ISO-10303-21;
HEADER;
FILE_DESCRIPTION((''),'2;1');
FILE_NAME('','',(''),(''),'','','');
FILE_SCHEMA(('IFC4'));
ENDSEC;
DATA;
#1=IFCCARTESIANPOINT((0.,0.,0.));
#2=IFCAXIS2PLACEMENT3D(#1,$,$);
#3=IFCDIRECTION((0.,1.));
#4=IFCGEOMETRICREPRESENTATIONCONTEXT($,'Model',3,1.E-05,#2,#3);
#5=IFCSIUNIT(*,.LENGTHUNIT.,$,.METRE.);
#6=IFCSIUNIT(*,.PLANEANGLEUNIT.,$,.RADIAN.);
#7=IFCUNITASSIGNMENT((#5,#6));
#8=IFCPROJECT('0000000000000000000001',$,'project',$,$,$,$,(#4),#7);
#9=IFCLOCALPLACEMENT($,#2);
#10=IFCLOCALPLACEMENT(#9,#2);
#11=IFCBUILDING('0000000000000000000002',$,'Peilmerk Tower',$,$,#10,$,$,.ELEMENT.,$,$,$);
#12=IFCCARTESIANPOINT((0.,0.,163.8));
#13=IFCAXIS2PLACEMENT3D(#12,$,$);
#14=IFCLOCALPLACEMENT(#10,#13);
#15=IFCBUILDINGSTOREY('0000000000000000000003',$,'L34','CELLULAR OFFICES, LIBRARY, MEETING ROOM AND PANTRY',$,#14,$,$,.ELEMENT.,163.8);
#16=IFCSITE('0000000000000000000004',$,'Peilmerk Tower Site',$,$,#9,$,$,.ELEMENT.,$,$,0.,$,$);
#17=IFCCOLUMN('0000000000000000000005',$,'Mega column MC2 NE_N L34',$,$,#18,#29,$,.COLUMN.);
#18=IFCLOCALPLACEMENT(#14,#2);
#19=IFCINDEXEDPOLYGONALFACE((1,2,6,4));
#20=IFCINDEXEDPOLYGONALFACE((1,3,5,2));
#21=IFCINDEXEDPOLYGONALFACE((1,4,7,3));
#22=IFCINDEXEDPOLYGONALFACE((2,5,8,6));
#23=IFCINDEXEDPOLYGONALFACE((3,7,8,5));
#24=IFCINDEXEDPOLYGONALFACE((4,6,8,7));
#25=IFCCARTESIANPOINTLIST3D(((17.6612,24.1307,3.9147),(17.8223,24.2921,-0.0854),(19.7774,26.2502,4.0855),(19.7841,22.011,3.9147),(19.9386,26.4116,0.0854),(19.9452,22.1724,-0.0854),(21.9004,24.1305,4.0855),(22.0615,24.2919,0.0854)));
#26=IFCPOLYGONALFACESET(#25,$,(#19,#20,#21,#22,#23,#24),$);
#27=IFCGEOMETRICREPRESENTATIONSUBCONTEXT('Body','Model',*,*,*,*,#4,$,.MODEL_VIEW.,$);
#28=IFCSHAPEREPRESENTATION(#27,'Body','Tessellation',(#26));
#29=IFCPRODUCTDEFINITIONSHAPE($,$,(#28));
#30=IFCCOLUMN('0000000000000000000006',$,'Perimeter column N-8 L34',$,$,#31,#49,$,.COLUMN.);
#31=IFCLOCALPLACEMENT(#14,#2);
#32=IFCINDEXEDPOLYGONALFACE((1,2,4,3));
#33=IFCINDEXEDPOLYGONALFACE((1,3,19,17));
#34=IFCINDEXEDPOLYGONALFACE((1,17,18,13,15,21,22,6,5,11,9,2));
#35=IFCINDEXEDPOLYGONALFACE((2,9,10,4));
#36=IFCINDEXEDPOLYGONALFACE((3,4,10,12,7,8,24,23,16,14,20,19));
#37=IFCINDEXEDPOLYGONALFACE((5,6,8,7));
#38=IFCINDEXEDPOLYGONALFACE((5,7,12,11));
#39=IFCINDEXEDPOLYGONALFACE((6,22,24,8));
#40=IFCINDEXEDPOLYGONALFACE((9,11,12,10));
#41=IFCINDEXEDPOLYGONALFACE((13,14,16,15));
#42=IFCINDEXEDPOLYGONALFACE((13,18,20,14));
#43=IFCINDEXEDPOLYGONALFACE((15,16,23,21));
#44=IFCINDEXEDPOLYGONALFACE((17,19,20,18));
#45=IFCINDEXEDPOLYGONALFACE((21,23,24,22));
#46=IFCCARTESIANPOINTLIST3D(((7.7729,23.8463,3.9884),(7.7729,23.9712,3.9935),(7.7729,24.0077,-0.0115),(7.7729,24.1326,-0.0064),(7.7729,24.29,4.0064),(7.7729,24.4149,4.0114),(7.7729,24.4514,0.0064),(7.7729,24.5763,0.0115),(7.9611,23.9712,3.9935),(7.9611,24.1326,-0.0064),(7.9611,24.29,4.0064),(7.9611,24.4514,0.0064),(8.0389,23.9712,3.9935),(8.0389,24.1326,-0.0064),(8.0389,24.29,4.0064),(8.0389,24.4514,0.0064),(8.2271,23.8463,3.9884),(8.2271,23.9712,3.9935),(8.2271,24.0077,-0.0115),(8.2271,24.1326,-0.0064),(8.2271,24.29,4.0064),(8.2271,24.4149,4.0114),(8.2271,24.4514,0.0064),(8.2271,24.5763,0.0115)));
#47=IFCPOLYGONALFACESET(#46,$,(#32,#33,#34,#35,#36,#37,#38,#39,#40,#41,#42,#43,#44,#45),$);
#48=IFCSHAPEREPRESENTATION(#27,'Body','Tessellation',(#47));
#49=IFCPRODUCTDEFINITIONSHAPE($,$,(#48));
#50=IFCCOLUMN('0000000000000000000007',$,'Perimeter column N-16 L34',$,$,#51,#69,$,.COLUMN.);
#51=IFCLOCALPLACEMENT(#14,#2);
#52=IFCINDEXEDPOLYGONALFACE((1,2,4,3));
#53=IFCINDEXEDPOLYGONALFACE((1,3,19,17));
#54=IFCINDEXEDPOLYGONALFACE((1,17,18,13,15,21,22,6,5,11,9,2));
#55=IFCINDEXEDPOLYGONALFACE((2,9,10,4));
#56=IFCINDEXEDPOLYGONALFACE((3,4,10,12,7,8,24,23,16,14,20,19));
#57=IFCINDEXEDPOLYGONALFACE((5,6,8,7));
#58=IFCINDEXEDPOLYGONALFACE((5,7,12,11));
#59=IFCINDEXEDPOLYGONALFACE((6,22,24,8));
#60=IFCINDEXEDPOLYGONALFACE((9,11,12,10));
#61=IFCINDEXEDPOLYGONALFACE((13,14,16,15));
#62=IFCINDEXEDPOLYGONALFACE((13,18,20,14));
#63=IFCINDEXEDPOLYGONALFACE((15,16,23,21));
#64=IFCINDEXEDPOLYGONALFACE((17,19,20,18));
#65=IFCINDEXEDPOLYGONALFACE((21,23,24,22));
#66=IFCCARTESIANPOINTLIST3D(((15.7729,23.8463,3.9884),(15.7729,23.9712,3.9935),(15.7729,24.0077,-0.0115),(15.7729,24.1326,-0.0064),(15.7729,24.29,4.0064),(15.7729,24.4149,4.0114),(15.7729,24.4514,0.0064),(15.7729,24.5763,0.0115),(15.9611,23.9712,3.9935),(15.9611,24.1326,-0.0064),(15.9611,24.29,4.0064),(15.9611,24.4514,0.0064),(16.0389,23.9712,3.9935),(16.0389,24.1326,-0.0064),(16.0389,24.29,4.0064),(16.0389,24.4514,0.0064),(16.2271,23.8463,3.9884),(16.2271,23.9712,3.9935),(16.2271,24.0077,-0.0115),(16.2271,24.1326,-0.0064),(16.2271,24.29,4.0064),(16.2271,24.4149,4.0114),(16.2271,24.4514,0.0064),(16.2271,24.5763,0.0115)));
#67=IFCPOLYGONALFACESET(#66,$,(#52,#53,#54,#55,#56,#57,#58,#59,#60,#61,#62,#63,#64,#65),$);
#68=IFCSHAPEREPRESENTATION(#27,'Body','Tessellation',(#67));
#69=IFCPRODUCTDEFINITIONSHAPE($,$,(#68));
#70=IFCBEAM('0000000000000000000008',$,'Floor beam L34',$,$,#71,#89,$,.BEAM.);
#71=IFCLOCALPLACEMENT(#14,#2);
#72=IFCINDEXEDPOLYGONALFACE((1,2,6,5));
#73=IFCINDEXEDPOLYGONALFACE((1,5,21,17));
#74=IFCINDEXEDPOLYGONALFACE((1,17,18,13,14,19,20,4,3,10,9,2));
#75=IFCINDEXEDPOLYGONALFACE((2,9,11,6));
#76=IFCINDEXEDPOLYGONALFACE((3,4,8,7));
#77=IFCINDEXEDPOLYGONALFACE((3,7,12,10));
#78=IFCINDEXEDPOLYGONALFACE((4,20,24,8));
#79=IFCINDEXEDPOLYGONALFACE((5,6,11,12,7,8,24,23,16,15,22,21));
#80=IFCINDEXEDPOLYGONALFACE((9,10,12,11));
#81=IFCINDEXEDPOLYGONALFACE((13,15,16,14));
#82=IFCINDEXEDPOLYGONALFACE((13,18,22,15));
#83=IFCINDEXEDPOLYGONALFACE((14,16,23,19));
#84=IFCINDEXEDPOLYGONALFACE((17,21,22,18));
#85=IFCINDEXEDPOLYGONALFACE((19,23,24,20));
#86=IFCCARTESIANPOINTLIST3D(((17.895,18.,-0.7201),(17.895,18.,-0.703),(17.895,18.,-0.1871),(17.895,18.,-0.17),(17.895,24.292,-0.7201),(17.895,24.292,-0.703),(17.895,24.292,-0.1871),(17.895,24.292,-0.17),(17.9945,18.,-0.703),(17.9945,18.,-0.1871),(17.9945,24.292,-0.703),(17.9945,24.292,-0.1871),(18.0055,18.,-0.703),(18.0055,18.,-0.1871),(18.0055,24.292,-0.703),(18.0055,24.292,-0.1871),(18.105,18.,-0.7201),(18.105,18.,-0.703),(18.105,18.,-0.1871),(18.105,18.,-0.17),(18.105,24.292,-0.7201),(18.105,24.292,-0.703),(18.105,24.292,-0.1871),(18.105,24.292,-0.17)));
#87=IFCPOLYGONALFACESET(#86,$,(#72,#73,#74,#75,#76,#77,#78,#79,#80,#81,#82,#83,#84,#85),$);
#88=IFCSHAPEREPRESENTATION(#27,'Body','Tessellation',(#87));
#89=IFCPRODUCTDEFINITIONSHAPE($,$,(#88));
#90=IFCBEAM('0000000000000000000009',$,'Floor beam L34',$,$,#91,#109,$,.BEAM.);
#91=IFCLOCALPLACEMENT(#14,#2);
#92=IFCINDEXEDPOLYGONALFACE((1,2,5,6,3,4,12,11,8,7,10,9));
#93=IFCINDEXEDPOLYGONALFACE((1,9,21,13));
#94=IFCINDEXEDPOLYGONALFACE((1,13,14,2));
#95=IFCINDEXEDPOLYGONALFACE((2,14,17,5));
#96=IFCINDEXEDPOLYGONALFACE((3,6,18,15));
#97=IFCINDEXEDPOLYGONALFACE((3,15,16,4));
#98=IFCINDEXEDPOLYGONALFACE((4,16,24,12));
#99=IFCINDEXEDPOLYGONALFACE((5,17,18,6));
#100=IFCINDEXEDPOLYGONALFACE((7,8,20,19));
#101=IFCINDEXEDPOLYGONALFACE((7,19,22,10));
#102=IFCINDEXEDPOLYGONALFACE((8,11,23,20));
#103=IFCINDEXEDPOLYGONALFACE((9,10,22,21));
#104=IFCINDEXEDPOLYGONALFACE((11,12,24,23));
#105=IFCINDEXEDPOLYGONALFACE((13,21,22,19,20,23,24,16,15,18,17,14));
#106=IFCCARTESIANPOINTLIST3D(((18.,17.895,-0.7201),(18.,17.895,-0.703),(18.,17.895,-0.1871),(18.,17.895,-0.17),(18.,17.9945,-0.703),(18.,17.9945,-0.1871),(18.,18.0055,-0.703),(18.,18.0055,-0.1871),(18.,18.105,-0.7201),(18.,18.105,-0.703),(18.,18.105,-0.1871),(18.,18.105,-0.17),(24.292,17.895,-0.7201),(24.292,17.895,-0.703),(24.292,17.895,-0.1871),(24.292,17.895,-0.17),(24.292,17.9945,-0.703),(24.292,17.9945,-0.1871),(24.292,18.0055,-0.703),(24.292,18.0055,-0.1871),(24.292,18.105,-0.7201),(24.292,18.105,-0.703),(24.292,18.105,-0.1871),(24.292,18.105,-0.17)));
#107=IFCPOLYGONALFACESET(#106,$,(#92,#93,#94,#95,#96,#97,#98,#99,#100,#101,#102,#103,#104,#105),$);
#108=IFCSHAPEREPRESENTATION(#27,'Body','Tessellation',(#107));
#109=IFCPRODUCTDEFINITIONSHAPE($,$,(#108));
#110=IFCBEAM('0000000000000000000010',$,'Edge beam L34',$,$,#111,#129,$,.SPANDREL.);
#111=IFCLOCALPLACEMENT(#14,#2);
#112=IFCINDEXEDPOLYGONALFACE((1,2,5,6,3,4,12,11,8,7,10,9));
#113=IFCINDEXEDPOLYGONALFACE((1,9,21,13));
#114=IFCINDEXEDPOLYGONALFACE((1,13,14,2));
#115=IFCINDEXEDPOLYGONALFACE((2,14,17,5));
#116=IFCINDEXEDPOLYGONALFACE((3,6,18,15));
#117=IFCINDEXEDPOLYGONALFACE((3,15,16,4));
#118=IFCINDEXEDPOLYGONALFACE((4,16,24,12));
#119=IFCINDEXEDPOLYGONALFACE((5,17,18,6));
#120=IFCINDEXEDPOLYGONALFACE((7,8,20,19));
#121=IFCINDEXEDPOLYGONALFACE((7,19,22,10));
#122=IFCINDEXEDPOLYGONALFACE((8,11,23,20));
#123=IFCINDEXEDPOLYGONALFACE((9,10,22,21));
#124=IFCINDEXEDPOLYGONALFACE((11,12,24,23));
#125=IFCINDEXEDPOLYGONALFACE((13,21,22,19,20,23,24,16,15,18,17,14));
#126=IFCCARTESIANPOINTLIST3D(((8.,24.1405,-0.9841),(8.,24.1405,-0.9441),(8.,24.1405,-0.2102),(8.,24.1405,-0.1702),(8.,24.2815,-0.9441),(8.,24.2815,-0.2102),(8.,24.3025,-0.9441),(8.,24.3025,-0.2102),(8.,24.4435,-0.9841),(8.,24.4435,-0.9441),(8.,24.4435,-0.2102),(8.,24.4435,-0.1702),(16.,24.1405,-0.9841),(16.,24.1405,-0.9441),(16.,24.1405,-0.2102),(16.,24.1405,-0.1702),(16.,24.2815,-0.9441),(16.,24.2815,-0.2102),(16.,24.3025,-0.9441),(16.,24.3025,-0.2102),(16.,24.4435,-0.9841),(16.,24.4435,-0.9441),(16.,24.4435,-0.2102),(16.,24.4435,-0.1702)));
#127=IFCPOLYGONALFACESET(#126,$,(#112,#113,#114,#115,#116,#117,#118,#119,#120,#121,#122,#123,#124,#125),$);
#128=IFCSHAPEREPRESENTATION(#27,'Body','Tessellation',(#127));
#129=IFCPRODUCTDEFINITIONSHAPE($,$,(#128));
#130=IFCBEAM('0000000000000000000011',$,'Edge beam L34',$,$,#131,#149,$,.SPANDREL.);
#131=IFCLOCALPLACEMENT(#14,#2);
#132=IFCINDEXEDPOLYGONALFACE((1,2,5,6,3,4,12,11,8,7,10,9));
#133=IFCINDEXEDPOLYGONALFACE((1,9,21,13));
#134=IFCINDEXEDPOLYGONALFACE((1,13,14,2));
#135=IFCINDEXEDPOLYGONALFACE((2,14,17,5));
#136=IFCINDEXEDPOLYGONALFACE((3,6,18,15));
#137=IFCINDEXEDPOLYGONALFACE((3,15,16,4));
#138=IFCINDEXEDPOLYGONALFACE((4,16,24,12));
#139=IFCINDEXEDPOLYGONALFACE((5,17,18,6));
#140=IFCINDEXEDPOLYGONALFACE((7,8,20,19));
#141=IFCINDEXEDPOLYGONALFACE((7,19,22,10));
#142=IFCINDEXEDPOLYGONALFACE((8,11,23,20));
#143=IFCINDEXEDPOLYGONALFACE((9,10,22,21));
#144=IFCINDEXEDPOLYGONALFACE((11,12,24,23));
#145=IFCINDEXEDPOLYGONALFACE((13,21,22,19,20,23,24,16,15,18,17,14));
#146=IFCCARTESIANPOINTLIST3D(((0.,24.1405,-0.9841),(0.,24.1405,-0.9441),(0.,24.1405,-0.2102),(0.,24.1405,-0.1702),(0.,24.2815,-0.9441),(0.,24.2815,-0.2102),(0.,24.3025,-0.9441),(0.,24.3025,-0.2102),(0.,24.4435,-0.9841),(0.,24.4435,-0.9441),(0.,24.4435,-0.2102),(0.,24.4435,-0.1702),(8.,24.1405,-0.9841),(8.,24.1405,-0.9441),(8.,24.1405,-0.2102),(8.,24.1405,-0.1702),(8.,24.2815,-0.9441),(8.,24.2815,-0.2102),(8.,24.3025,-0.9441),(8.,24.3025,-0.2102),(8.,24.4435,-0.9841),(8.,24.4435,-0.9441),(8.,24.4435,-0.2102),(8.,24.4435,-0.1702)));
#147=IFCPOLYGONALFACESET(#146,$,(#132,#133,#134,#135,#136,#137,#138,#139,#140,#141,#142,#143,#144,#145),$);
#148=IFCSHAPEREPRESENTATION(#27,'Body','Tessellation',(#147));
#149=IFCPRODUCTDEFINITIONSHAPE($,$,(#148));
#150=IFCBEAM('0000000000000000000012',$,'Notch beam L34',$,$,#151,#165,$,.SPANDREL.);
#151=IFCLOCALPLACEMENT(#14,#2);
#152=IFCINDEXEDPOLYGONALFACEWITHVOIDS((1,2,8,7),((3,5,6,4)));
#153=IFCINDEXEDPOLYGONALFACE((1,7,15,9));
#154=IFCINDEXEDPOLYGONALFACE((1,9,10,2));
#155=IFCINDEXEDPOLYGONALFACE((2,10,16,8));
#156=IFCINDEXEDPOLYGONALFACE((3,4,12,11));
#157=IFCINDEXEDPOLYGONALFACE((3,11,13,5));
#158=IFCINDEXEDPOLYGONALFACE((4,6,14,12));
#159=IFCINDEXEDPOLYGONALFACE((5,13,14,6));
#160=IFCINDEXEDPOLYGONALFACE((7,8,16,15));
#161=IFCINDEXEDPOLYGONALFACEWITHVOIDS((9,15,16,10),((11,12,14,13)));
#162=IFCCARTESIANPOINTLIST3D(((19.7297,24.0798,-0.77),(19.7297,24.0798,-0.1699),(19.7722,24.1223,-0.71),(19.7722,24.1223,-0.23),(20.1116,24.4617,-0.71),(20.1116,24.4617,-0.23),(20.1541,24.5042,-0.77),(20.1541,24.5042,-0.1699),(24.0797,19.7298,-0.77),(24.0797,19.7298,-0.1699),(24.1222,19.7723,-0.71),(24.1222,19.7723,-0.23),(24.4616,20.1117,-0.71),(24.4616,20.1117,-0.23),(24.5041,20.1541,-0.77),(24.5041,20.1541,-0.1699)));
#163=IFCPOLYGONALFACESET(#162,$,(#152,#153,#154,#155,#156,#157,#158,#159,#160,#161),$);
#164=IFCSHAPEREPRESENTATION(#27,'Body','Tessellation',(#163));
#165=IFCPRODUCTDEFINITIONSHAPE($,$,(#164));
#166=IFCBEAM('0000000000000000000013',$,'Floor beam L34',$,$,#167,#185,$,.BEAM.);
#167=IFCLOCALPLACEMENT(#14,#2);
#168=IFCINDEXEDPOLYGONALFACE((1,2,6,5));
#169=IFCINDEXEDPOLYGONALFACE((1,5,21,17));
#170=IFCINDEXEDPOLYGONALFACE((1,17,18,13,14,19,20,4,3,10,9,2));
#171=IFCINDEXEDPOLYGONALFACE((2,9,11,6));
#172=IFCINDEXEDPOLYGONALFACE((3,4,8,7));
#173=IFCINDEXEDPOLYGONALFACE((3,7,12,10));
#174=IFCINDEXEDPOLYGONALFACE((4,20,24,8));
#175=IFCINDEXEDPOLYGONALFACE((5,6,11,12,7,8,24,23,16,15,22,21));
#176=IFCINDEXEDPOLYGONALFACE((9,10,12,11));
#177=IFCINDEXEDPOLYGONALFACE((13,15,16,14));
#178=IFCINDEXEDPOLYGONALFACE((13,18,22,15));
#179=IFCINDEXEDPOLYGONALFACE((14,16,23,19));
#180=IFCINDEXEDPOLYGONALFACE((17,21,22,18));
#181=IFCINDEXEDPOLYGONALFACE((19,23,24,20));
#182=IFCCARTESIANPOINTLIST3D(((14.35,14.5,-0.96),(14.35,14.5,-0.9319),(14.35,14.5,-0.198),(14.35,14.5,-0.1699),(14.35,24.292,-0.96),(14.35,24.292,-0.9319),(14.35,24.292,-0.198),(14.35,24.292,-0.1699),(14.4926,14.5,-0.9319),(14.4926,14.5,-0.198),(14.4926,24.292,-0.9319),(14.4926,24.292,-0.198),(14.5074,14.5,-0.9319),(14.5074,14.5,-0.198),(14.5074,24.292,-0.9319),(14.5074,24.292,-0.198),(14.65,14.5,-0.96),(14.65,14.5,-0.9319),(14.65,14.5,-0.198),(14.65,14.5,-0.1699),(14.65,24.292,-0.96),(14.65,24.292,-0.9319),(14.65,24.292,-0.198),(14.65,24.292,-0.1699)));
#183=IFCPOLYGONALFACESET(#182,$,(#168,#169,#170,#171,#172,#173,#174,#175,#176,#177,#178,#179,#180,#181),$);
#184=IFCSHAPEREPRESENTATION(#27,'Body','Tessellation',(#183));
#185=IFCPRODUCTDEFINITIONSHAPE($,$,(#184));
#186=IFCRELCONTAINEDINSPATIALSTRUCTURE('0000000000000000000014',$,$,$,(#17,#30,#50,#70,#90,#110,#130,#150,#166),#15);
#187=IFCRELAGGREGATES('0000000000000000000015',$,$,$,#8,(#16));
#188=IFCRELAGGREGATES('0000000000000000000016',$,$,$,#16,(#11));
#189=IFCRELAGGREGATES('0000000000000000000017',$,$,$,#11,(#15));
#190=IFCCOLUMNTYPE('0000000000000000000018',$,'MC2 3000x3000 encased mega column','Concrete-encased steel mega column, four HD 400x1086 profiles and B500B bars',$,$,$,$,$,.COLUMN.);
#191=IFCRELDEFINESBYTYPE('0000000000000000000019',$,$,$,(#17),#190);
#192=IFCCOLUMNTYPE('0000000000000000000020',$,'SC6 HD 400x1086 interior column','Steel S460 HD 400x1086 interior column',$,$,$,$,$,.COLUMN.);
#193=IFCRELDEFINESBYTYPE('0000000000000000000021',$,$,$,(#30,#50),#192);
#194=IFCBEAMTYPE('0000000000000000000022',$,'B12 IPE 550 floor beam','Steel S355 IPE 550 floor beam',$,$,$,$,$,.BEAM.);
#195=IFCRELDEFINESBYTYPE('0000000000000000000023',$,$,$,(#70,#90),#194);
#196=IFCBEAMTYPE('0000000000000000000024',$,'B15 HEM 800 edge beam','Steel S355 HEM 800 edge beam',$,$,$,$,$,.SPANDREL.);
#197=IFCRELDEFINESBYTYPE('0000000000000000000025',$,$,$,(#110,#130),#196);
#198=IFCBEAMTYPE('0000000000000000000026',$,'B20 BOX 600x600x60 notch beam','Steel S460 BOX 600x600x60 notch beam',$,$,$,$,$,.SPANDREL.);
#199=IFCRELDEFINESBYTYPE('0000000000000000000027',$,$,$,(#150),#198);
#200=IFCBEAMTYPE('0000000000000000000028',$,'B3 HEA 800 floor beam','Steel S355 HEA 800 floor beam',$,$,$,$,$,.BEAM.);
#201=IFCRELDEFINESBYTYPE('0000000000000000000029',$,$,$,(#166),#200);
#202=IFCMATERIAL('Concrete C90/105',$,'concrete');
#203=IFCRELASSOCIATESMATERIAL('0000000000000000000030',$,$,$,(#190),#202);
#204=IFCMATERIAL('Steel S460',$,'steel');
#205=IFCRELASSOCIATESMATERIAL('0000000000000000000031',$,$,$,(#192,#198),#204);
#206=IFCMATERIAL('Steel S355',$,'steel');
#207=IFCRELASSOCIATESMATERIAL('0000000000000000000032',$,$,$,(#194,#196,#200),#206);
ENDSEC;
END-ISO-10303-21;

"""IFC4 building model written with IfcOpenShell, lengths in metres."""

from ifc_helpers import new_model, si_unit, direction, frame, origin, origin_2d, place, context, subcontext, project, spatial, rectangle, hollow_rectangle, i_section, extrude, material, material_profile, profile_set, type_object, element, save


model = new_model("IFC4")

# Units and contexts
model_context = context("Model", 3, precision=1e-05, world=origin(), true_north=direction((0.0, 1.0)))
body_context = subcontext(model_context, "Body", "Model", "MODEL_VIEW")
ifc_project = project(units=[si_unit("LENGTHUNIT", "METRE"), si_unit("PLANEANGLEUNIT", "RADIAN")], contexts=[model_context])

# Site, building, storey
site_placement = place(None, origin())
site = spatial("IfcSite", under=ifc_project, at=site_placement, Name="Peilmerk Tower Site", CompositionType="ELEMENT", RefElevation=0.0)
building_placement = place(site_placement, origin())
building = spatial("IfcBuilding", under=site, at=building_placement, Name="Peilmerk Tower", CompositionType="ELEMENT")
storey_placement = place(building_placement, frame((0.0, 0.0, 163.8)))
storey = spatial("IfcBuildingStorey", under=building, at=storey_placement, Name="L34", Description="CELLULAR OFFICES, LIBRARY, MEETING ROOM AND PANTRY", CompositionType="ELEMENT", Elevation=163.8)

# Columns
ifc_material_1 = material(Name="Concrete C90/105", Category="concrete")
ifc_material_profile_1 = material_profile(ifc_material_1, rectangle(XDim=3.0, YDim=3.0, at=origin_2d()), Name="RC 3000x3000")
ifc_profile_set_1 = profile_set([ifc_material_profile_1], Name="Concrete C90/105")
column_type_1 = type_object("IfcColumnType", Name="MC2 3000x3000 encased mega column", Description="Concrete-encased steel mega column, four HD 400x1086 profiles and B500B bars", PredefinedType="COLUMN", material=ifc_profile_set_1)
column_placement = place(storey_placement, frame((19.9419, 24.292, 0.0), z_axis=(-0.040218, -0.040279, 0.998379), x_axis=(0.707642, -0.706571, 0.0)))
element("IfcColumn", 1, at=column_placement, inside=storey, type_object=column_type_1, Name="Mega column MC2 NE_N L34", PredefinedType="COLUMN", context=body_context, shape_type="SweptSolid", body=[
    extrude(rectangle(XDim=3.0, YDim=3.0, at=origin_2d()), origin(), (0.0, 0.0, 1.0), 4.0066),
])
ifc_material_2 = material(Name="Steel S460", Category="steel")
ifc_material_profile_2 = material_profile(ifc_material_2, i_section(OverallWidth=0.4541, OverallDepth=0.5691, WebThickness=0.0779, FlangeThickness=0.125, at=origin_2d()), Name="HD 400x1086")
ifc_profile_set_2 = profile_set([ifc_material_profile_2], Name="Steel S460")
column_type_2 = type_object("IfcColumnType", Name="SC6 HD 400x1086 interior column", Description="Steel S460 HD 400x1086 interior column", PredefinedType="COLUMN", material=ifc_profile_set_2)
for number, where, z_axis, x_axis, name in (
    (2, (8.0, 24.292, 0.0), (0.0, -0.040311, 0.999187), (1.0, 0.0, 0.0), "Perimeter column N-8 L34"),
    (3, (16.0, 24.292, 0.0), (0.0, -0.040311, 0.999187), (1.0, 0.0, 0.0), "Perimeter column N-16 L34"),
):
    element("IfcColumn", number, at=place(storey_placement, frame(where, z_axis=z_axis, x_axis=x_axis)), inside=storey, type_object=column_type_2, Name=name, PredefinedType="COLUMN", context=body_context, shape_type="SweptSolid", body=[
        extrude(i_section(OverallWidth=0.4541, OverallDepth=0.5691, WebThickness=0.0779, FlangeThickness=0.125, at=origin_2d()), origin(), (0.0, 0.0, 1.0), 4.0032),
    ])

# Beams
ifc_material_3 = material(Name="Steel S355", Category="steel")
ifc_material_profile_3 = material_profile(ifc_material_3, i_section(OverallWidth=0.21, OverallDepth=0.55, WebThickness=0.011, FlangeThickness=0.0171, at=origin_2d()), Name="IPE 550")
ifc_profile_set_3 = profile_set([ifc_material_profile_3], Name="Steel S355")
beam_type_1 = type_object("IfcBeamType", Name="B12 IPE 550 floor beam", Description="Steel S355 IPE 550 floor beam", PredefinedType="BEAM", material=ifc_profile_set_3)
for number, where, z_axis, x_axis, name in (
    (4, (18.0, 18.0, -0.4451), (0.0, 1.0, 0.0), (-1.0, 0.0, 0.0), "Floor beam L34"),
    (5, (18.0, 18.0, -0.4451), (1.0, 0.0, 0.0), (0.0, 1.0, 0.0), "Floor beam L34"),
):
    element("IfcBeam", number, at=place(storey_placement, frame(where, z_axis=z_axis, x_axis=x_axis)), inside=storey, type_object=beam_type_1, Name=name, PredefinedType="BEAM", context=body_context, shape_type="SweptSolid", body=[
        extrude(i_section(OverallWidth=0.21, OverallDepth=0.55, WebThickness=0.011, FlangeThickness=0.0171, at=origin_2d()), origin(), (0.0, 0.0, 1.0), 6.292),
    ])
ifc_material_profile_4 = material_profile(ifc_material_3, i_section(OverallWidth=0.303, OverallDepth=0.814, WebThickness=0.021, FlangeThickness=0.04, at=origin_2d()), Name="HEM 800")
ifc_profile_set_4 = profile_set([ifc_material_profile_4], Name="Steel S355")
beam_type_2 = type_object("IfcBeamType", Name="B15 HEM 800 edge beam", Description="Steel S355 HEM 800 edge beam", PredefinedType="SPANDREL", material=ifc_profile_set_4)
for number, where, z_axis, x_axis, name in (
    (6, (16.0, 24.292, -0.5771), (-1.0, 0.0, 0.0), (0.0, -1.0, 0.0), "Edge beam L34"),
    (7, (8.0, 24.292, -0.5771), (-1.0, 0.0, 0.0), (0.0, -1.0, 0.0), "Edge beam L34"),
):
    element("IfcBeam", number, at=place(storey_placement, frame(where, z_axis=z_axis, x_axis=x_axis)), inside=storey, type_object=beam_type_2, Name=name, PredefinedType="SPANDREL", context=body_context, shape_type="SweptSolid", body=[
        extrude(i_section(OverallWidth=0.303, OverallDepth=0.814, WebThickness=0.021, FlangeThickness=0.04, at=origin_2d()), origin(), (0.0, 0.0, 1.0), 8.0),
    ])
ifc_material_profile_5 = material_profile(ifc_material_2, hollow_rectangle(XDim=0.6001, YDim=0.6001, WallThickness=0.0601, at=origin_2d()), Name="BOX 600x600x60")
ifc_profile_set_5 = profile_set([ifc_material_profile_5], Name="Steel S460")
beam_type_3 = type_object("IfcBeamType", Name="B20 BOX 600x600x60 notch beam", Description="Steel S460 BOX 600x600x60 notch beam", PredefinedType="SPANDREL", material=ifc_profile_set_5)
beam_1_placement = place(storey_placement, frame((19.9419, 24.292, -0.47), z_axis=(0.707107, -0.707107, 0.0), x_axis=(0.707107, 0.707107, 0.0)))
element("IfcBeam", 8, at=beam_1_placement, inside=storey, type_object=beam_type_3, Name="Notch beam L34", PredefinedType="SPANDREL", context=body_context, shape_type="SweptSolid", body=[
    extrude(hollow_rectangle(XDim=0.6001, YDim=0.6001, WallThickness=0.0601, at=origin_2d()), origin(), (0.0, 0.0, 1.0), 6.1519),
])
ifc_material_profile_6 = material_profile(ifc_material_3, i_section(OverallWidth=0.3, OverallDepth=0.79, WebThickness=0.0149, FlangeThickness=0.0281, at=origin_2d()), Name="HEA 800")
ifc_profile_set_6 = profile_set([ifc_material_profile_6], Name="Steel S355")
beam_type_4 = type_object("IfcBeamType", Name="B3 HEA 800 floor beam", Description="Steel S355 HEA 800 floor beam", PredefinedType="BEAM", material=ifc_profile_set_6)
for number, where, z_axis, x_axis, name in (
    (9, (14.5, 14.5, -0.5649), (0.0, 1.0, 0.0), (-1.0, 0.0, 0.0), "Floor beam L34"),
):
    element("IfcBeam", number, at=place(storey_placement, frame(where, z_axis=z_axis, x_axis=x_axis)), inside=storey, type_object=beam_type_4, Name=name, PredefinedType="BEAM", context=body_context, shape_type="SweptSolid", body=[
        extrude(i_section(OverallWidth=0.3, OverallDepth=0.79, WebThickness=0.0149, FlangeThickness=0.0281, at=origin_2d()), origin(), (0.0, 0.0, 1.0), 9.792),
    ])

save(model, "model.ifc")
